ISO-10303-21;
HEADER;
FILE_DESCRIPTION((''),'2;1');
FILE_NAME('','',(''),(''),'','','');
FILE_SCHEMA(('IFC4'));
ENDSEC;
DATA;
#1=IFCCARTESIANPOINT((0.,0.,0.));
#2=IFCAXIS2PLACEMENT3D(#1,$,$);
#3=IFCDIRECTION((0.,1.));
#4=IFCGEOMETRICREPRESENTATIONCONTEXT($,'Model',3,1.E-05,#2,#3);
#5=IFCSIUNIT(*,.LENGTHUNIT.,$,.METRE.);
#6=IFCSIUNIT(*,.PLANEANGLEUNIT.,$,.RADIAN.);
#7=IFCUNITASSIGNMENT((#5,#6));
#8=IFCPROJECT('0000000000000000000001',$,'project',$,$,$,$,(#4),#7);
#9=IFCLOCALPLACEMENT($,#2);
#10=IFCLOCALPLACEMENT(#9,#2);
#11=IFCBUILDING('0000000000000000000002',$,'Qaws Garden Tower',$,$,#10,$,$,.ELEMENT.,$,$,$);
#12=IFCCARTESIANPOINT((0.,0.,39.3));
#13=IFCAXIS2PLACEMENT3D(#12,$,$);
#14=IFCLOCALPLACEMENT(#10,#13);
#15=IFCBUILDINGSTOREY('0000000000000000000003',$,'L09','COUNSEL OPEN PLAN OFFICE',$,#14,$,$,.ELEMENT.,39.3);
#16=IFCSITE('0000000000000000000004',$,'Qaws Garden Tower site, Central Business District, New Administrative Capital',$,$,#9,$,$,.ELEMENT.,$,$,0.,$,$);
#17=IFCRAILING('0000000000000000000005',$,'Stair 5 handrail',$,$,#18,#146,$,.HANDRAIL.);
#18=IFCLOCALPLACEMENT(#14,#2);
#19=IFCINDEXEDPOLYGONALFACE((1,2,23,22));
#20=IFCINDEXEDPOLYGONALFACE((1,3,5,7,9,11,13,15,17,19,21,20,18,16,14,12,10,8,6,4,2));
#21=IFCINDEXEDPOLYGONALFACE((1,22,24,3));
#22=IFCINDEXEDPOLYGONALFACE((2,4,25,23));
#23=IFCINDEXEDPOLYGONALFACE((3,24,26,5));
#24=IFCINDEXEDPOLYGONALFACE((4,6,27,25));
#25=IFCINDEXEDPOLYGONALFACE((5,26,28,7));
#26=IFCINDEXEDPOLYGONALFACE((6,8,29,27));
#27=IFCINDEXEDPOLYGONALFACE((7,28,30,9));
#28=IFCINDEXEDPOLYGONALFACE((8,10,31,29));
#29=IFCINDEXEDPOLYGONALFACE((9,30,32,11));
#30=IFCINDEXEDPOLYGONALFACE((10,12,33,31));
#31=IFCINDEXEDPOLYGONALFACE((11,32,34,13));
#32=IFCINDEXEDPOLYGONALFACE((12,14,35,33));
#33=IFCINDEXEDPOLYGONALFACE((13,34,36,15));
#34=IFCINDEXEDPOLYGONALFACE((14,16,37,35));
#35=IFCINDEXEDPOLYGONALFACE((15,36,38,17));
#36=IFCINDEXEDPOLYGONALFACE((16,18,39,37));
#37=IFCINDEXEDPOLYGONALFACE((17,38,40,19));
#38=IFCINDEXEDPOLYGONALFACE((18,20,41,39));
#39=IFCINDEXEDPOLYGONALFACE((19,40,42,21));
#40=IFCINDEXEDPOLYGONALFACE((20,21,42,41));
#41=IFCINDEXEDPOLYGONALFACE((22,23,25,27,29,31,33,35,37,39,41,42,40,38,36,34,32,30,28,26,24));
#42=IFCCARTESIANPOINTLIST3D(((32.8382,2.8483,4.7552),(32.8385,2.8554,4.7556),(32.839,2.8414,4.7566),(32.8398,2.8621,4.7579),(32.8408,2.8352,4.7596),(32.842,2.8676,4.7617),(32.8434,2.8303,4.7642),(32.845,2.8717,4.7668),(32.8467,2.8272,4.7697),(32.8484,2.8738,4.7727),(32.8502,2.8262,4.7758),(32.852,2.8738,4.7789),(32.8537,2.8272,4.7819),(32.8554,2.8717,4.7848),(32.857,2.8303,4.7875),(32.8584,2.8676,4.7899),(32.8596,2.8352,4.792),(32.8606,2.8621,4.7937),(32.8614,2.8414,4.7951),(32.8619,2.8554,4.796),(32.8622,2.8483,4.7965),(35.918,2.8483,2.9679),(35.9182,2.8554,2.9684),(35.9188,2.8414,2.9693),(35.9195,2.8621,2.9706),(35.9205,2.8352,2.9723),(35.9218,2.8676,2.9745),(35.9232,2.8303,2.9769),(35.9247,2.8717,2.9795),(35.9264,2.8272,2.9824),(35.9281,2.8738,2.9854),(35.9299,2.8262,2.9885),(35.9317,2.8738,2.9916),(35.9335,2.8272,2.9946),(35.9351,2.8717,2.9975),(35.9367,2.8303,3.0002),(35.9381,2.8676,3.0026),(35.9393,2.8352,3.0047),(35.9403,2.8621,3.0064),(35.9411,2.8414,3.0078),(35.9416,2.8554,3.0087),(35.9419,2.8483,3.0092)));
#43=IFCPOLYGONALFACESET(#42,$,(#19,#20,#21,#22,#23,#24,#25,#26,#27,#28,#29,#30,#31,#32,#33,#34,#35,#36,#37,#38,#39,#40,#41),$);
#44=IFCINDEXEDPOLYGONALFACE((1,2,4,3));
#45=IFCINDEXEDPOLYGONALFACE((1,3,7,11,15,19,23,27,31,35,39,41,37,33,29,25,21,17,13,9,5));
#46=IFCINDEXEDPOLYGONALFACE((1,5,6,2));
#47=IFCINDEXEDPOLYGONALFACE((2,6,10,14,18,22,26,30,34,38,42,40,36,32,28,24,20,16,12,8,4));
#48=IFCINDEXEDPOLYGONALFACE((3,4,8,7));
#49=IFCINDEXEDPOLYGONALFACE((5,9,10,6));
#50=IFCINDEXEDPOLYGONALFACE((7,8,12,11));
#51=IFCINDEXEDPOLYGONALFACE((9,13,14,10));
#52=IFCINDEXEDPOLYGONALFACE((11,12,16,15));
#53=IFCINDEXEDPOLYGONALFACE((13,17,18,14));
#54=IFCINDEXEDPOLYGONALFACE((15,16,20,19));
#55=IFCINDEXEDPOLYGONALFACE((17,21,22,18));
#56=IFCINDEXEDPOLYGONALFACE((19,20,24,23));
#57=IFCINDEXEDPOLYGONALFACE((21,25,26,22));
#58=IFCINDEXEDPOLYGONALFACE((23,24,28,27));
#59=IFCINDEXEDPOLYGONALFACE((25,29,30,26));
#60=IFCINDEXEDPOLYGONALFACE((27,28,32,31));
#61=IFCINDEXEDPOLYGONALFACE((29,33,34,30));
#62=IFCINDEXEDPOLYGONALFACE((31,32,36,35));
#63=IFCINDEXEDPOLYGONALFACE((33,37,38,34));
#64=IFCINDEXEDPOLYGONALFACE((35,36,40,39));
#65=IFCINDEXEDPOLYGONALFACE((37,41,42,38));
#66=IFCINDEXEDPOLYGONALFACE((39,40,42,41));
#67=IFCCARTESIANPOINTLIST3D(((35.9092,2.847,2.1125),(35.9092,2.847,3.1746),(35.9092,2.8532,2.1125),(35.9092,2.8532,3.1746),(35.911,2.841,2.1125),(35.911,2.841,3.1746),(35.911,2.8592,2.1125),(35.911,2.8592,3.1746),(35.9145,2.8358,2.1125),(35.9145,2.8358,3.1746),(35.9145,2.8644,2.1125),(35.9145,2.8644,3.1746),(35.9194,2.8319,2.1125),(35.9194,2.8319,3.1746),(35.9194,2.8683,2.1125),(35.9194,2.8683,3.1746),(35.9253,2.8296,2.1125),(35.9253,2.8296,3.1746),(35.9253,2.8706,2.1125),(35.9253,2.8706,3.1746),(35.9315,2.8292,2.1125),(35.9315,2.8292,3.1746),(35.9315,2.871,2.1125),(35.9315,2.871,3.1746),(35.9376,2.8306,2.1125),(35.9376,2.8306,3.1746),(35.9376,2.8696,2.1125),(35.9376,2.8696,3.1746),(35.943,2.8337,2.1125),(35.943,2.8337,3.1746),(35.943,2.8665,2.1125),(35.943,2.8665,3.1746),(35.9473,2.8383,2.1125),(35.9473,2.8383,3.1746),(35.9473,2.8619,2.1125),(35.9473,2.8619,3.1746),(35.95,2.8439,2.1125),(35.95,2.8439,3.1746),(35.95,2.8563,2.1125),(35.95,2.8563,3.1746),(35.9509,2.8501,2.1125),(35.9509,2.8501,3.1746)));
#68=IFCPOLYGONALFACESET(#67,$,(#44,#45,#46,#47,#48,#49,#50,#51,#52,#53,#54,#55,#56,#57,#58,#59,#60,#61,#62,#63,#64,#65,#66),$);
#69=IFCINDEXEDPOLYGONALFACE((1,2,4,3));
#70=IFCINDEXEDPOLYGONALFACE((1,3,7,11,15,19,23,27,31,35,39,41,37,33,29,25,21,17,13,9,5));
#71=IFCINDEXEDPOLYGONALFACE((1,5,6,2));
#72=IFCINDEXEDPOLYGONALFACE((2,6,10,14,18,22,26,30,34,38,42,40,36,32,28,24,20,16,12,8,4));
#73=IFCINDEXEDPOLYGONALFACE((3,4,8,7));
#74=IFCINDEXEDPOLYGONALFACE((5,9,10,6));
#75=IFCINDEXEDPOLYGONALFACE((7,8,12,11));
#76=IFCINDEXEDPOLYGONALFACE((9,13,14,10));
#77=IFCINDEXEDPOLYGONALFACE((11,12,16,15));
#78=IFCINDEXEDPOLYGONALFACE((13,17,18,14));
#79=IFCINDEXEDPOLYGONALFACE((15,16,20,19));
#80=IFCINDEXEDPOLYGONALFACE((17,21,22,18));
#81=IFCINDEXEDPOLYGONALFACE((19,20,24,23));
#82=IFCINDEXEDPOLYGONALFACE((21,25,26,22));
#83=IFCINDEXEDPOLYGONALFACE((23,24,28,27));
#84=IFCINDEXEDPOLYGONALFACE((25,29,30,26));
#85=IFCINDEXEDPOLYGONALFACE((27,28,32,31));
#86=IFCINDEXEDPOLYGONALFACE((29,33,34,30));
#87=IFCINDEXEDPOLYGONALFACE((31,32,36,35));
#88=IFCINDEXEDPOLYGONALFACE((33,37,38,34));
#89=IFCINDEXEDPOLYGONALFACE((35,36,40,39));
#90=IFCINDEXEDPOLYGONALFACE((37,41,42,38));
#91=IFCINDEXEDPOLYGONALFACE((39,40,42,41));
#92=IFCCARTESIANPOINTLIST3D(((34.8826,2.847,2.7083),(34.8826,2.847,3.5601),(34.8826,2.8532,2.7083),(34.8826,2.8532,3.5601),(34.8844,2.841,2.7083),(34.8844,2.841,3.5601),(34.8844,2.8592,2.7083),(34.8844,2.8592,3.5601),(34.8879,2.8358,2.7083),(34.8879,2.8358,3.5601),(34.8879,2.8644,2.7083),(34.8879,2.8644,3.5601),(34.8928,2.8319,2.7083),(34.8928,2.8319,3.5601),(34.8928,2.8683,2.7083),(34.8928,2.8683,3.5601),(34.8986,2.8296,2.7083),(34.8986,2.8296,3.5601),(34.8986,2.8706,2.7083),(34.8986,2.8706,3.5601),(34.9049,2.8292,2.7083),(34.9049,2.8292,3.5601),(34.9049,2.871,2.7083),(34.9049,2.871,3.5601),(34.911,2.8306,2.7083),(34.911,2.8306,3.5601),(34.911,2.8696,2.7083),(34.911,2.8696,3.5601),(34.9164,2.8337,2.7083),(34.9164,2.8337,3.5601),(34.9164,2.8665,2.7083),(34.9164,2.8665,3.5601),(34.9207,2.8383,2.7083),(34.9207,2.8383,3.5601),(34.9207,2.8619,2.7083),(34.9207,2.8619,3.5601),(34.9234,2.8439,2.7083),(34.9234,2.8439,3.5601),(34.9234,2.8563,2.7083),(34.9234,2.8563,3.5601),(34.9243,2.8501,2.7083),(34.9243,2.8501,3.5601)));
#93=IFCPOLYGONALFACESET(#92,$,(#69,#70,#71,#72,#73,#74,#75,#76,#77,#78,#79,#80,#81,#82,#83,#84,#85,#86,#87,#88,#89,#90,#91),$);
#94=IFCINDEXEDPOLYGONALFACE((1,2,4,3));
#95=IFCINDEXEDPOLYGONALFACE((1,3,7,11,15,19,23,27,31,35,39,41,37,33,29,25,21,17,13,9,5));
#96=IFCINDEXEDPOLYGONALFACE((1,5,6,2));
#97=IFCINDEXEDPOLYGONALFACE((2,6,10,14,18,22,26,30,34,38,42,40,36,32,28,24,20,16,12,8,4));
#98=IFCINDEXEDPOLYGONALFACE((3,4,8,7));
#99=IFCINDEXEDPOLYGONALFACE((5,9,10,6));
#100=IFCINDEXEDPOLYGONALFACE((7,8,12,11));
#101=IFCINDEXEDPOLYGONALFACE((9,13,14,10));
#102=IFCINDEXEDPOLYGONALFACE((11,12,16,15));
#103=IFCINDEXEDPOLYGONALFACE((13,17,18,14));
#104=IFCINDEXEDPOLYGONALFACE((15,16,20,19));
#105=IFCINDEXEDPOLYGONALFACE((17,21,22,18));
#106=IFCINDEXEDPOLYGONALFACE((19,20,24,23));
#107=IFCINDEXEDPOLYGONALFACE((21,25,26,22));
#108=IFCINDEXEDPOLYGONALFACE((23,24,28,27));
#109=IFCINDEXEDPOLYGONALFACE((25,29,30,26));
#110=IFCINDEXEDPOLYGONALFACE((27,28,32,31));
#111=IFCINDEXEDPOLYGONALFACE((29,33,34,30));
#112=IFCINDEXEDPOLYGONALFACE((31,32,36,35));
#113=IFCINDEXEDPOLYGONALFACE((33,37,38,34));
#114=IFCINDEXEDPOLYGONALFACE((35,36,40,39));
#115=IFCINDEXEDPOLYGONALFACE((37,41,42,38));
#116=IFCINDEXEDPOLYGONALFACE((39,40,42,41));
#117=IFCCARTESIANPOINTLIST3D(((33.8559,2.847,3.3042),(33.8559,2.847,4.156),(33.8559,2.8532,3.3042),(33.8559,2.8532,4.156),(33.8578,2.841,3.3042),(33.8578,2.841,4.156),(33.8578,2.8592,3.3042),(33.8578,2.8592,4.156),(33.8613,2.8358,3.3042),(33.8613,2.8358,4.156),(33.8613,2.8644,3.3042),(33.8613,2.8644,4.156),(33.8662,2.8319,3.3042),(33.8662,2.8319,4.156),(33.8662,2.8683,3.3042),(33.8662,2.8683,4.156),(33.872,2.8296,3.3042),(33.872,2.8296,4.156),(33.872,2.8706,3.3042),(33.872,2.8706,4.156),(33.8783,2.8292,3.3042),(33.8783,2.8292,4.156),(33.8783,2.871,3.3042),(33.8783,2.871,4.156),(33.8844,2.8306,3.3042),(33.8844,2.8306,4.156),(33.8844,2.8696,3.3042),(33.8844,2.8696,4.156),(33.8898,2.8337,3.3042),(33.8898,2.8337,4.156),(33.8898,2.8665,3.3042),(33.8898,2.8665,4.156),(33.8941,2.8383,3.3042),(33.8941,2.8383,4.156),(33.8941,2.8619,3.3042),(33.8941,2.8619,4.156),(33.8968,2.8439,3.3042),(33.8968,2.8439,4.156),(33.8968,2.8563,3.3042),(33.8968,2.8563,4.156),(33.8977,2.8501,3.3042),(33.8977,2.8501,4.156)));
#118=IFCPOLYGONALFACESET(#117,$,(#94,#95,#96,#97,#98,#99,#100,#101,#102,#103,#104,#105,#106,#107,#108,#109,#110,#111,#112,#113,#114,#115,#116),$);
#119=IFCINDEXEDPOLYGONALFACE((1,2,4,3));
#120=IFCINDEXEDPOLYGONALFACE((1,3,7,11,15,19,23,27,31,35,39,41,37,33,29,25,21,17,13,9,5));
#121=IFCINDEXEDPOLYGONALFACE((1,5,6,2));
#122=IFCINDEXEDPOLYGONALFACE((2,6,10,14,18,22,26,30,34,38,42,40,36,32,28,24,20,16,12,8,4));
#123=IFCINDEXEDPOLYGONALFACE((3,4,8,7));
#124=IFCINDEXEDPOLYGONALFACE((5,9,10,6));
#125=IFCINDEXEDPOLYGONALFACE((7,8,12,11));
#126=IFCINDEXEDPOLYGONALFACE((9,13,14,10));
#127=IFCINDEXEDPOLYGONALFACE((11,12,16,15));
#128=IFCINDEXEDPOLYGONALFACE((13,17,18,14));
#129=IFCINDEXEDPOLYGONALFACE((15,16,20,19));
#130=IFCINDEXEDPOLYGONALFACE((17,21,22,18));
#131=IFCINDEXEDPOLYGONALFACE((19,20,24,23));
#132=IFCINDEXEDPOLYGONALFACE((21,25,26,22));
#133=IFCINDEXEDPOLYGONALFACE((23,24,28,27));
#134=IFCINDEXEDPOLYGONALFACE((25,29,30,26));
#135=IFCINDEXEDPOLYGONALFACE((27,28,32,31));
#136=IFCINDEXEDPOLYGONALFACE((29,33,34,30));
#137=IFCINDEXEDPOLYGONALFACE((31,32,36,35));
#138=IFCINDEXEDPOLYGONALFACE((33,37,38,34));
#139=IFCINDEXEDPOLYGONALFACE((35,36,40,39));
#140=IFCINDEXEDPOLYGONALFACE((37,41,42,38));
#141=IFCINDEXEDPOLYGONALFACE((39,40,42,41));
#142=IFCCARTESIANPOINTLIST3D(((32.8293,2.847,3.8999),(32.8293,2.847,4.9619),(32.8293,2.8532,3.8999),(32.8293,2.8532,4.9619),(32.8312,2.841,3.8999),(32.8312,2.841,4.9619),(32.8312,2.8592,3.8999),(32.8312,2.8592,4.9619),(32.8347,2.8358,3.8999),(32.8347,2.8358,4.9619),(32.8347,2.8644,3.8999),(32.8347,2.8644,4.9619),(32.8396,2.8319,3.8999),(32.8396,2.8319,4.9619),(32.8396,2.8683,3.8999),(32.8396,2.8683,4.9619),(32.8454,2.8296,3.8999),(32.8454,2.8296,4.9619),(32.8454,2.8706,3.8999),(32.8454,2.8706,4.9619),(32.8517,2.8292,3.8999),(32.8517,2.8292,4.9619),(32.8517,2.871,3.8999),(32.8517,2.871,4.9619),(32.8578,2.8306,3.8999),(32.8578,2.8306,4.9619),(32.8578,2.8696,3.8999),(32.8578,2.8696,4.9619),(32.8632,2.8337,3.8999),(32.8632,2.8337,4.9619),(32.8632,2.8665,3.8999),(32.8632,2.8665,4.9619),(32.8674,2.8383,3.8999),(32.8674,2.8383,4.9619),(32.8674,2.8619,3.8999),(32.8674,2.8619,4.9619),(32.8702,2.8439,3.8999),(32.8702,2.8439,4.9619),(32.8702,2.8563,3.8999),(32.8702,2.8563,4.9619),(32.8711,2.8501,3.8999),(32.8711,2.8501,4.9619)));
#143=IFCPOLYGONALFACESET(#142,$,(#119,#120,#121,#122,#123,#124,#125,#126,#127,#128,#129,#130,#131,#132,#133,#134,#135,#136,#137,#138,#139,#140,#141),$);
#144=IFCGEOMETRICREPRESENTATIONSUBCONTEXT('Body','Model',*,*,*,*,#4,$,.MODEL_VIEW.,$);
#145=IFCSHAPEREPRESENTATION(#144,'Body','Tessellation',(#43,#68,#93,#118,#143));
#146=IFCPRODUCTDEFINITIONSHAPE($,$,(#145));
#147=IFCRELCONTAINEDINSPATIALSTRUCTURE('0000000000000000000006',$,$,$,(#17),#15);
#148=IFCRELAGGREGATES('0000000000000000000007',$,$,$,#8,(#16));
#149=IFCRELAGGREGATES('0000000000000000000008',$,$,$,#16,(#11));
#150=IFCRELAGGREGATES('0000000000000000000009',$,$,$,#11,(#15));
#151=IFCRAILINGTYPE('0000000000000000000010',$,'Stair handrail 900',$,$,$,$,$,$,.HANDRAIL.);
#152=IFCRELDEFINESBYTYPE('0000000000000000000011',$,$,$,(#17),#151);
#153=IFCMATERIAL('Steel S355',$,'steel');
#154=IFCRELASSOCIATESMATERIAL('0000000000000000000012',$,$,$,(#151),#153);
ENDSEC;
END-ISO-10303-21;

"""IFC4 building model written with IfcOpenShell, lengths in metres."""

from ifc_helpers import new_model, si_unit, direction, frame, origin, origin_2d, place, context, subcontext, project, spatial, circle, extrude, material, type_object, element, save


model = new_model("IFC4")

# Units and contexts
model_context = context("Model", 3, precision=1e-05, world=origin(), true_north=direction((0.0, 1.0)))
body_context = subcontext(model_context, "Body", "Model", "MODEL_VIEW")
ifc_project = project(units=[si_unit("LENGTHUNIT", "METRE"), si_unit("PLANEANGLEUNIT", "RADIAN")], contexts=[model_context])

# Site, building, storey
site_placement = place(None, origin())
site = spatial("IfcSite", under=ifc_project, at=site_placement, Name="Qaws Garden Tower site, Central Business District, New Administrative Capital", CompositionType="ELEMENT", RefElevation=0.0)
building_placement = place(site_placement, origin())
building = spatial("IfcBuilding", under=site, at=building_placement, Name="Qaws Garden Tower", CompositionType="ELEMENT")
storey_placement = place(building_placement, frame((0.0, 0.0, 39.3)))
storey = spatial("IfcBuildingStorey", under=building, at=storey_placement, Name="L09", Description="COUNSEL OPEN PLAN OFFICE", CompositionType="ELEMENT", Elevation=39.3)

# Railing
ifc_material_1 = material(Name="Steel S355", Category="steel")
railing_type = type_object("IfcRailingType", Name="Stair handrail 900", PredefinedType="HANDRAIL", material=ifc_material_1)
railing_1_placement = place(storey_placement, frame((35.9299, 2.8501, 2.1125)))
element("IfcRailing", 1, at=railing_1_placement, inside=storey, type_object=railing_type, Name="Stair 5 handrail", PredefinedType="HANDRAIL", context=body_context, shape_type="SweptSolid", body=[
    extrude(circle(Radius=0.0239, at=origin_2d()), frame((0.0, 0.0, 0.876), z_axis=(-0.864903, 0.0, 0.501939), x_axis=(0.0, -1.0, 0.0)), (0.0, 0.0, 1.0), 3.5608),
    extrude(circle(Radius=0.021, at=origin_2d()), origin(), (0.0, 0.0, 1.0), 1.062),
    extrude(circle(Radius=0.021, at=origin_2d()), frame((-1.0266, 0.0, 0.5957)), (0.0, 0.0, 1.0), 0.8518),
    extrude(circle(Radius=0.021, at=origin_2d()), frame((-2.0532, 0.0, 1.1917)), (0.0, 0.0, 1.0), 0.8518),
    extrude(circle(Radius=0.021, at=origin_2d()), frame((-3.0798, 0.0, 1.7874)), (0.0, 0.0, 1.0), 1.062),
])

save(model, "model.ifc")
